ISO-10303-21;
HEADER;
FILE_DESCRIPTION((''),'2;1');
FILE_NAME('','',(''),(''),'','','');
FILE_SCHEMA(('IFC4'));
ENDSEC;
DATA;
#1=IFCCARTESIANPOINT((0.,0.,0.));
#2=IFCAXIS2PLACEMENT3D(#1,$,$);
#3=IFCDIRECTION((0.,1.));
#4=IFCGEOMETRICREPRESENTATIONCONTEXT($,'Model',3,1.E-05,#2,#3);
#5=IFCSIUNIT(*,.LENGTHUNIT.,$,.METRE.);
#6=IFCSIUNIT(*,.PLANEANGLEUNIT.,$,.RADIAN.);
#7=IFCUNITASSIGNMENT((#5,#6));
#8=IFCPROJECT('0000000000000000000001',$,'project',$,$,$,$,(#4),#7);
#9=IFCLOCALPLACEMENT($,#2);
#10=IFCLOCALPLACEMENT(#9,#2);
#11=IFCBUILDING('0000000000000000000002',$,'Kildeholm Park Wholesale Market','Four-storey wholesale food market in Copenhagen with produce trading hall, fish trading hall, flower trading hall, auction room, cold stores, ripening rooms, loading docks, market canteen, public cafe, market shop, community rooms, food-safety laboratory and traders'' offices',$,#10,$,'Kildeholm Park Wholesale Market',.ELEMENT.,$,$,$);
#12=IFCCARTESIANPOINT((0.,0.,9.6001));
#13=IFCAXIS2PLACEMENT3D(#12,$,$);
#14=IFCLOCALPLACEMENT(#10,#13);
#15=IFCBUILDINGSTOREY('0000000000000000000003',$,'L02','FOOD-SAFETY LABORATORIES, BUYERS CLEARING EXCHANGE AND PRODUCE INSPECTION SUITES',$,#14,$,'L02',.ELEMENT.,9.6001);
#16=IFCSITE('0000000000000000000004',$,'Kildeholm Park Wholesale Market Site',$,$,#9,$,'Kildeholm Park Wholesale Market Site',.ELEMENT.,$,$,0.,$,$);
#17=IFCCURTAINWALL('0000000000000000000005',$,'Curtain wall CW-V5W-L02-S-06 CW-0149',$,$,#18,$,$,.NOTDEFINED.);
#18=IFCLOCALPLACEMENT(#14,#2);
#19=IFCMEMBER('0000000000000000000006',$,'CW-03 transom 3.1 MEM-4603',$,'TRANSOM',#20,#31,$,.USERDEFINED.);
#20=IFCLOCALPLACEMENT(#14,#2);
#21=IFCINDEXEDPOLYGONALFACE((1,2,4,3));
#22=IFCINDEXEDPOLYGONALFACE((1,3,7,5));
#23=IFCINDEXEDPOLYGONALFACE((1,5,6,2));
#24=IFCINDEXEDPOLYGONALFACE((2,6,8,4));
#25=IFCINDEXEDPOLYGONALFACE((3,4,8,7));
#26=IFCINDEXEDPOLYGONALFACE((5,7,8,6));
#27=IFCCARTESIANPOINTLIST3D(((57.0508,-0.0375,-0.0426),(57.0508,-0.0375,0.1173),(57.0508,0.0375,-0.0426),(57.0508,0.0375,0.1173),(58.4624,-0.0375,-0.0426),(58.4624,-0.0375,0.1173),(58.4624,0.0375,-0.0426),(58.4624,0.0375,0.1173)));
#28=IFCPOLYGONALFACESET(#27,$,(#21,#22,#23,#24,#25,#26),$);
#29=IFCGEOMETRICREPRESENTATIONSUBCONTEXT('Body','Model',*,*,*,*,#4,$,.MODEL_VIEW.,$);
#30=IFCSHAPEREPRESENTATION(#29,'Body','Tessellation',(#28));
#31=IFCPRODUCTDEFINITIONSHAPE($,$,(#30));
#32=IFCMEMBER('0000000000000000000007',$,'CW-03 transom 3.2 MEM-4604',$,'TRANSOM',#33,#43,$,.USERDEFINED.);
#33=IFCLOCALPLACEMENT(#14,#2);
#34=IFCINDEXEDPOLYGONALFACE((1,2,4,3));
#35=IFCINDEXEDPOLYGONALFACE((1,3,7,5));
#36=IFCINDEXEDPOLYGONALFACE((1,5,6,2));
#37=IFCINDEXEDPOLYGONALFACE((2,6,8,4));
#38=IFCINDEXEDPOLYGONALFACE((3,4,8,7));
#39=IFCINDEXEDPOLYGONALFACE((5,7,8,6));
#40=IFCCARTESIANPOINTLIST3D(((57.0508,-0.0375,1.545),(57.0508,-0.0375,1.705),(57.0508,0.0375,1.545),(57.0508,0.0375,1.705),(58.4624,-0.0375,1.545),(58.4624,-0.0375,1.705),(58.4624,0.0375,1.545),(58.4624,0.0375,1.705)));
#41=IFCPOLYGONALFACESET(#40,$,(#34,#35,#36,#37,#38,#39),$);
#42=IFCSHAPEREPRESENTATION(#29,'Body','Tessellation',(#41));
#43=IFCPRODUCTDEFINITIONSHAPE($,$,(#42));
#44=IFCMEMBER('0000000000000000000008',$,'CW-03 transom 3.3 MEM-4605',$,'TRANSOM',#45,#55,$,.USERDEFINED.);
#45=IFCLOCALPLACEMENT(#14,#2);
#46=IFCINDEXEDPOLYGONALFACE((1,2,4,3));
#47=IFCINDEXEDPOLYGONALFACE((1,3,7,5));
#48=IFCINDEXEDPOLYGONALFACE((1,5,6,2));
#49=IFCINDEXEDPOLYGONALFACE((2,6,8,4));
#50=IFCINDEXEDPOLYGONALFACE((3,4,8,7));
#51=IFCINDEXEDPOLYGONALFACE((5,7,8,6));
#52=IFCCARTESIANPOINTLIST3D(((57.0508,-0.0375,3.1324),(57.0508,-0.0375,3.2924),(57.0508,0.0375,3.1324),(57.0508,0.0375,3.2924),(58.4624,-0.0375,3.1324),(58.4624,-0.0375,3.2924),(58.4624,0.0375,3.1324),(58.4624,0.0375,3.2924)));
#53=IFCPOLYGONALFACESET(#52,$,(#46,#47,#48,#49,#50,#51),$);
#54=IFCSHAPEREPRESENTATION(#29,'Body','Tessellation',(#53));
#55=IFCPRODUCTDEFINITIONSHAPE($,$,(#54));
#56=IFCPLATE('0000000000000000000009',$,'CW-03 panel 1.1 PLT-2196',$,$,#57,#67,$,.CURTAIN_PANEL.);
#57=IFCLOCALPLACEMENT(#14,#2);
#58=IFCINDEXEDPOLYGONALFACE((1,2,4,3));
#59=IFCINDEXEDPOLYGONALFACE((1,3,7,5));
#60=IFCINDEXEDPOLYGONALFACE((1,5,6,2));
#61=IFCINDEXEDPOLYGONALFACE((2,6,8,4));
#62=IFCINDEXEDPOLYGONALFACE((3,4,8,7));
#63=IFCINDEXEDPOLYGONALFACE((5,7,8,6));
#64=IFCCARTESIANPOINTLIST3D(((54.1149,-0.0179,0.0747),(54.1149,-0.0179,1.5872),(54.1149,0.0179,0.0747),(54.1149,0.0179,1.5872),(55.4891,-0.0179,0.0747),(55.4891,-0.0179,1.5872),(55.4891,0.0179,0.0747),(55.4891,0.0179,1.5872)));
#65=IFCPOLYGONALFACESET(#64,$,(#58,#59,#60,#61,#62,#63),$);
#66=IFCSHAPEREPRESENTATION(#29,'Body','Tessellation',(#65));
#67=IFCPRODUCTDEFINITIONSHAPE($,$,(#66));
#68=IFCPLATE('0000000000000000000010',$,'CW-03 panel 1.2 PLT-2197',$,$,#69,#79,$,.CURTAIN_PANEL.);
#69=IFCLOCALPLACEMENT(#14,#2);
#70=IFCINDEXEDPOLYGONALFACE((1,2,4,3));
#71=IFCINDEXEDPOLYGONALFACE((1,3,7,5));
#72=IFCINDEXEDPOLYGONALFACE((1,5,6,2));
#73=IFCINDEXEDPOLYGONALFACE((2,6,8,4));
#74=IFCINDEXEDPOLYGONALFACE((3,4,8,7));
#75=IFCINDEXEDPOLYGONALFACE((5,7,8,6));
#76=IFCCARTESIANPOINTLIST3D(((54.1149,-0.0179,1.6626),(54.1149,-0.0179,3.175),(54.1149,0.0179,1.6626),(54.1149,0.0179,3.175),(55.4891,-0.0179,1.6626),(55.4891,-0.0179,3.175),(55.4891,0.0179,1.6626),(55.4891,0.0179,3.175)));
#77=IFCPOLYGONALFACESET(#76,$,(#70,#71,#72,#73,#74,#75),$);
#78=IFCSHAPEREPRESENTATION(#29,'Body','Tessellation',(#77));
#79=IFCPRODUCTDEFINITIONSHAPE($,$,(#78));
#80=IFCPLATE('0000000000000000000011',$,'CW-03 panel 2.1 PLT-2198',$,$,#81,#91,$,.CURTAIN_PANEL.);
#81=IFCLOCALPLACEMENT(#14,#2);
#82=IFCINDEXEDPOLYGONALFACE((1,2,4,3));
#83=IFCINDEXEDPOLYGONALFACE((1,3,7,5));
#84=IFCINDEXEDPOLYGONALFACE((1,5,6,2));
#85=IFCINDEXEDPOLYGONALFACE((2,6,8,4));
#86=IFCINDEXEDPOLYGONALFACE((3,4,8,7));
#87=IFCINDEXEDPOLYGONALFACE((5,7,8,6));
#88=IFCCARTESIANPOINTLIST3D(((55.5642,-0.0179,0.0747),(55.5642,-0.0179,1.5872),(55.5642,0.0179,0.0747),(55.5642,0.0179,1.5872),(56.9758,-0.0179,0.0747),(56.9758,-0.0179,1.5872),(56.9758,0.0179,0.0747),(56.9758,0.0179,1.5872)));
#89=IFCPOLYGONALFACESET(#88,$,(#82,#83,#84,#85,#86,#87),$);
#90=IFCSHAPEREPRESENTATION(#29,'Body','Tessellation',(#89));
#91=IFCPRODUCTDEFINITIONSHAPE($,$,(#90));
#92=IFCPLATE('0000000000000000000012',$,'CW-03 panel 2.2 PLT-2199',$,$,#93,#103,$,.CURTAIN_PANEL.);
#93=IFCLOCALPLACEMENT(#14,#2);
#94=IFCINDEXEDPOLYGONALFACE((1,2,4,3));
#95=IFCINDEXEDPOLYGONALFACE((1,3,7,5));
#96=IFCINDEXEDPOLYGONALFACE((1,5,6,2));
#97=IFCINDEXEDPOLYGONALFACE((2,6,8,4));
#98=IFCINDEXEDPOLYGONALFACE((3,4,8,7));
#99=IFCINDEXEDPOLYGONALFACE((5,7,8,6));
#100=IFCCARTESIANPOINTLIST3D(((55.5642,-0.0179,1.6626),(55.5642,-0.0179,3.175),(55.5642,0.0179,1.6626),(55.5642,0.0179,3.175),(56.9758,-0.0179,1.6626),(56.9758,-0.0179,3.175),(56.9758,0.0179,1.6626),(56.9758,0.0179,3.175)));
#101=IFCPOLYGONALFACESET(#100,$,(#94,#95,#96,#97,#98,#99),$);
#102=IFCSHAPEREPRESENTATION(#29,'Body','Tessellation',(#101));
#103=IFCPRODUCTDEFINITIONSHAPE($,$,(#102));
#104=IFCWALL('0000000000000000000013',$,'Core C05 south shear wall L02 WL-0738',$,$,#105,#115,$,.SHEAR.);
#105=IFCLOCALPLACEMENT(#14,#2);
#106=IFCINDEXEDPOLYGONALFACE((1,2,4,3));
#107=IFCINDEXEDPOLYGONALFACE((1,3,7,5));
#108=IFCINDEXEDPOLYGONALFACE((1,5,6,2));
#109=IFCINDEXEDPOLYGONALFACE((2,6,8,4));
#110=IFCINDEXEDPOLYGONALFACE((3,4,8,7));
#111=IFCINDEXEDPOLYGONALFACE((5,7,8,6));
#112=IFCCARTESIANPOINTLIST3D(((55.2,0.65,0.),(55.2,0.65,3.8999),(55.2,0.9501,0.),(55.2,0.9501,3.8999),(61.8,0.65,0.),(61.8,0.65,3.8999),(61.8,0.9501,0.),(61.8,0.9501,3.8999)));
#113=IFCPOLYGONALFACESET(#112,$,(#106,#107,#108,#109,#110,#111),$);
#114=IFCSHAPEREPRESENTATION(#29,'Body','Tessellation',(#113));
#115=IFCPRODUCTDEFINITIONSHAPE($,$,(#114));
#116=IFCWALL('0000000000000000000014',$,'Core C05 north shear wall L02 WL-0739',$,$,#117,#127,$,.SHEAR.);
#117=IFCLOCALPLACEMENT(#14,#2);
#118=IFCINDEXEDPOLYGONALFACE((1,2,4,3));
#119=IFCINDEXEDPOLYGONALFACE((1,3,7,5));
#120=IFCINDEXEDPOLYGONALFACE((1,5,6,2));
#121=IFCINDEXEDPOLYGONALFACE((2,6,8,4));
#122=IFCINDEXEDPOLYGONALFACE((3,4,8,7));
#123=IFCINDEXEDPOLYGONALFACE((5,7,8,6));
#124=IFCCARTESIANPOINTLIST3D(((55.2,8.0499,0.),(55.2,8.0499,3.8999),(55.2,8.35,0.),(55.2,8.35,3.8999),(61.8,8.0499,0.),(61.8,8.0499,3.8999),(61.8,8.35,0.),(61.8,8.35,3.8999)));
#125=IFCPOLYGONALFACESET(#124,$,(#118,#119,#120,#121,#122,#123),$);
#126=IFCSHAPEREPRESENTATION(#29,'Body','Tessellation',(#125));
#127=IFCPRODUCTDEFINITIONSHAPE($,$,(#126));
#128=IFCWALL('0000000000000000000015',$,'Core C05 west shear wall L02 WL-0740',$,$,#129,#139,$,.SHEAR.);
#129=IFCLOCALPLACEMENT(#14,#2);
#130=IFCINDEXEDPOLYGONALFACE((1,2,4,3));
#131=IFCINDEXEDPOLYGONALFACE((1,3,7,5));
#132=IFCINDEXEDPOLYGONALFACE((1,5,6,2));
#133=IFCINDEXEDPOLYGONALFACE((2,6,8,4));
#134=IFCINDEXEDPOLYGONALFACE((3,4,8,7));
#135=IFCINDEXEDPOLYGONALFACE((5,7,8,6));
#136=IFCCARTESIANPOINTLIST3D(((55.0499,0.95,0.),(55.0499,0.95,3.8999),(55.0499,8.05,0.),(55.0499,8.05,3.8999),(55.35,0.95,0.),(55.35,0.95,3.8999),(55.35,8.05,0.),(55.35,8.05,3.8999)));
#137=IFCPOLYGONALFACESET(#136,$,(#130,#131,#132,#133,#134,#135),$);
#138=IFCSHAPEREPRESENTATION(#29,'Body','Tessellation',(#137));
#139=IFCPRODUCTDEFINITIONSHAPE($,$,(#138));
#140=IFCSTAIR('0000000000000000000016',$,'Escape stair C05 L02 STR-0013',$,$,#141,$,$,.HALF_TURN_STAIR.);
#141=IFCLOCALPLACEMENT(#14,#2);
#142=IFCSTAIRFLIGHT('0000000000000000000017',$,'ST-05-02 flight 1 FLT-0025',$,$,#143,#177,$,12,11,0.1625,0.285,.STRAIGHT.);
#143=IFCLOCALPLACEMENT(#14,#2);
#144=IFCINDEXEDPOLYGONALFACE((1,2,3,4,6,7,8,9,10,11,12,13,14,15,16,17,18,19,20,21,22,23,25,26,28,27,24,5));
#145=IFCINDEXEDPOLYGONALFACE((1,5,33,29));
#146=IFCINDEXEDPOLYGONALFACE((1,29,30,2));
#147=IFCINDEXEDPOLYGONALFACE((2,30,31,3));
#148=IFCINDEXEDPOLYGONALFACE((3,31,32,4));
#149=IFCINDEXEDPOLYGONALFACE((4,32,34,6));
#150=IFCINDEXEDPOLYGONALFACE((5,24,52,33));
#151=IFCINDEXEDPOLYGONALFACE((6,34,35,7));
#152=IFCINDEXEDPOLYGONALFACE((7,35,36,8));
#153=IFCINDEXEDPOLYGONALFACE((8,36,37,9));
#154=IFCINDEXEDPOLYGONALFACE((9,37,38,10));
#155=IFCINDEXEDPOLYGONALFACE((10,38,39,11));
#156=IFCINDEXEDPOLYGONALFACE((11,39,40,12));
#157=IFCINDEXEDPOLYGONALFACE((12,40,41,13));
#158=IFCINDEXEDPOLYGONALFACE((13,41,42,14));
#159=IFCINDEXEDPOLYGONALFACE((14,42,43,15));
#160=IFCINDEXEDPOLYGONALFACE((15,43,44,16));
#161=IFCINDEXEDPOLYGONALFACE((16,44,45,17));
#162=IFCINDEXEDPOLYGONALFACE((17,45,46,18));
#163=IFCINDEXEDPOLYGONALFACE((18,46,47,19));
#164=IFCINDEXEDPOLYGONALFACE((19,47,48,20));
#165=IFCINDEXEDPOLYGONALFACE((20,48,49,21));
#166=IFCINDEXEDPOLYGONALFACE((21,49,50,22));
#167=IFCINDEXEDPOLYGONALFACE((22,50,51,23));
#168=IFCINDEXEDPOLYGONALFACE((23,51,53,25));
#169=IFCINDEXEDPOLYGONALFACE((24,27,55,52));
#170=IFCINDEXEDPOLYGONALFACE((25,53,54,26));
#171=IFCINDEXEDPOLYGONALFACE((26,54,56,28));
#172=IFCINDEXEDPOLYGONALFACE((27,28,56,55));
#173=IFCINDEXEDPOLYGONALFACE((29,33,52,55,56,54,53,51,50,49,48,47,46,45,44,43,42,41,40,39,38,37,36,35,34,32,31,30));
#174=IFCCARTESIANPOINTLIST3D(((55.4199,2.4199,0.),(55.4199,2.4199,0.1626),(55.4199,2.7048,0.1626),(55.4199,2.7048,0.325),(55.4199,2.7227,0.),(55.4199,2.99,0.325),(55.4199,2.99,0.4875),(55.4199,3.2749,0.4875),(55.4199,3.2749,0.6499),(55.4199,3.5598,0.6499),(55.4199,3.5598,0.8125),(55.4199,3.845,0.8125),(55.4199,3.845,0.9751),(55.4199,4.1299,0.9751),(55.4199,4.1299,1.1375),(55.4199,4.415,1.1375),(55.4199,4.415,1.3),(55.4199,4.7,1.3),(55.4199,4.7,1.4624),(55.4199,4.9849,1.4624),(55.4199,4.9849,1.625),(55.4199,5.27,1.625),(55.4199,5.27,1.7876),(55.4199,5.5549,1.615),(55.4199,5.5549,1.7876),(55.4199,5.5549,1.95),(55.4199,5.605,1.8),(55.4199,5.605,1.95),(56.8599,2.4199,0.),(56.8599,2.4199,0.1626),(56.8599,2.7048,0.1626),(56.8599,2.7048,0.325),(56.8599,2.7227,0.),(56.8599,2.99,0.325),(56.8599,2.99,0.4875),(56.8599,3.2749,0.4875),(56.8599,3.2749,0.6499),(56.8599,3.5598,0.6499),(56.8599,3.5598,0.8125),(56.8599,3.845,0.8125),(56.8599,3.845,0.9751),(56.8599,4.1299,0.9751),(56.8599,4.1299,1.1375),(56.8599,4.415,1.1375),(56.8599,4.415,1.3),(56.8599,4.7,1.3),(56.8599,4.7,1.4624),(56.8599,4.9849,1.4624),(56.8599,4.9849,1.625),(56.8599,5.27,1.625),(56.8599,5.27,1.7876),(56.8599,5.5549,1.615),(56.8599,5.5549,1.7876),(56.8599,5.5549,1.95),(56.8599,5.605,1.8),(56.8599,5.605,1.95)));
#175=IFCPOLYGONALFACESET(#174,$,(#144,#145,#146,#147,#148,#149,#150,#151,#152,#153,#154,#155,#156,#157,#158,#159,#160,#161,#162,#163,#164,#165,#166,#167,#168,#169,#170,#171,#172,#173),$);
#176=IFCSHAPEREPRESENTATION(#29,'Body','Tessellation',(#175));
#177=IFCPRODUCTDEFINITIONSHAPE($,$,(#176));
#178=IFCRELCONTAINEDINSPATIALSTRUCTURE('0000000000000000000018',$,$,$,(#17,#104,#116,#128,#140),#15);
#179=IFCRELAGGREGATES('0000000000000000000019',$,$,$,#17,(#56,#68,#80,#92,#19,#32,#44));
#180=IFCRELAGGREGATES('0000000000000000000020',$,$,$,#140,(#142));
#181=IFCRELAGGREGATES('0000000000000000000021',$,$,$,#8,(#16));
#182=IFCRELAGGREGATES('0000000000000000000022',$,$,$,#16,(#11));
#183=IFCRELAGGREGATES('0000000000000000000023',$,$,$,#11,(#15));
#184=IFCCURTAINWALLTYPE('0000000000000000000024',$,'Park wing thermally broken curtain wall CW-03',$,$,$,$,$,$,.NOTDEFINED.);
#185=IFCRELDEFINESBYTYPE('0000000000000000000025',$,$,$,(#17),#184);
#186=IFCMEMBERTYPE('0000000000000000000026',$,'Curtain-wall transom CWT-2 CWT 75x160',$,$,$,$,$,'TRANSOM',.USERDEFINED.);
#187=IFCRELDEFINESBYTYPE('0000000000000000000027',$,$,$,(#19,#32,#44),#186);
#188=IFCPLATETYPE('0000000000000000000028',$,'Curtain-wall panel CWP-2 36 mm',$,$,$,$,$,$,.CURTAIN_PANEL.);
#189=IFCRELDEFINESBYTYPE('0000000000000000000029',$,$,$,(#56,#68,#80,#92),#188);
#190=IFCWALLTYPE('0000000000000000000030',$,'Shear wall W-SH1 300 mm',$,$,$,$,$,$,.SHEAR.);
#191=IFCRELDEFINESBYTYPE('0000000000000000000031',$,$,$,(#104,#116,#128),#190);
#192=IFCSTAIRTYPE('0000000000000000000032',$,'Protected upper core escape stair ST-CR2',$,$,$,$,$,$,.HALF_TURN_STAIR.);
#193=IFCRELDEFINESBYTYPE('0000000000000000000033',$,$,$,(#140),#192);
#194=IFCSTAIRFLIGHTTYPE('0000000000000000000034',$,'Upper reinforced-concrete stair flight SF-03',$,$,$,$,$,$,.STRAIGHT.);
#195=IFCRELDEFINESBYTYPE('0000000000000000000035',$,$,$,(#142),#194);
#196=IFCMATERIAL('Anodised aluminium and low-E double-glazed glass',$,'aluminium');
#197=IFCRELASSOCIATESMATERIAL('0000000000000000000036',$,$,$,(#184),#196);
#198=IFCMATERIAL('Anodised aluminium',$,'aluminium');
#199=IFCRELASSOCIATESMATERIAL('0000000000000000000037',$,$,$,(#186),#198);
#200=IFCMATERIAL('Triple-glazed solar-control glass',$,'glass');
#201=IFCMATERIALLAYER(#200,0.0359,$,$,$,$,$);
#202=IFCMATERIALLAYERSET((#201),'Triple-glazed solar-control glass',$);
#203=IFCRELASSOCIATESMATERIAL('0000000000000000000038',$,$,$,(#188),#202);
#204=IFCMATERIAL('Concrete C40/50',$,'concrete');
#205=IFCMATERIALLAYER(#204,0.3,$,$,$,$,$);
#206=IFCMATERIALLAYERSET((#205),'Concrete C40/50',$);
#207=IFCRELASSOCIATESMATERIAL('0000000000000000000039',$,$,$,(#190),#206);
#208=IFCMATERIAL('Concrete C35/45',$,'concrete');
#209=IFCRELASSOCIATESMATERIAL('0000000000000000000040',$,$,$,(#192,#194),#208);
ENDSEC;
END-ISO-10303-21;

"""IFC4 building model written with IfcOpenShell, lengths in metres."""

from ifc_helpers import new_model, si_unit, direction, frame, frame_2d, origin, origin_2d, place, context, subcontext, project, spatial, polyline, rectangle, outline, extrude, material, layer, layer_set, material_profile, profile_set, type_object, element, aggregate, save


model = new_model("IFC4")

# Units and contexts
model_context = context("Model", 3, precision=1e-05, world=origin(), true_north=direction((0.0, 1.0)))
body_context = subcontext(model_context, "Body", "Model", "MODEL_VIEW")
ifc_project = project(units=[si_unit("LENGTHUNIT", "METRE"), si_unit("PLANEANGLEUNIT", "RADIAN")], contexts=[model_context])

# Site, building, storey
site_placement = place(None, origin())
site = spatial("IfcSite", under=ifc_project, at=site_placement, Name="Kildeholm Park Wholesale Market Site", LongName="Kildeholm Park Wholesale Market Site", CompositionType="ELEMENT", RefElevation=0.0)
building_placement = place(site_placement, origin())
building = spatial("IfcBuilding", under=site, at=building_placement, Name="Kildeholm Park Wholesale Market", Description="Four-storey wholesale food market in Copenhagen with produce trading hall, fish trading hall, flower trading hall, auction room, cold stores, ripening rooms, loading docks, market canteen, public cafe, market shop, community rooms, food-safety laboratory and traders' offices", LongName="Kildeholm Park Wholesale Market", CompositionType="ELEMENT")
storey_placement = place(building_placement, frame((0.0, 0.0, 9.6001)))
storey = spatial("IfcBuildingStorey", under=building, at=storey_placement, Name="L02", Description="FOOD-SAFETY LABORATORIES, BUYERS CLEARING EXCHANGE AND PRODUCE INSPECTION SUITES", LongName="L02", CompositionType="ELEMENT", Elevation=9.6001)

# Curtain wall, members, plates
ifc_material_1 = material(Name="Anodised aluminium and low-E double-glazed glass", Category="aluminium")
curtain_wall_type = type_object("IfcCurtainWallType", Name="Park wing thermally broken curtain wall CW-03", PredefinedType="NOTDEFINED", material=ifc_material_1)
curtain_wall_placement = place(storey_placement, origin())
curtain_wall = element("IfcCurtainWall", 1, at=curtain_wall_placement, inside=storey, type_object=curtain_wall_type, Name="Curtain wall CW-V5W-L02-S-06 CW-0149", PredefinedType="NOTDEFINED")
ifc_material_2 = material(Name="Anodised aluminium", Category="aluminium")
ifc_material_profile_1 = material_profile(ifc_material_2, rectangle(XDim=0.075, YDim=0.1599, at=origin_2d()), Name="CWT 75x160")
ifc_profile_set_1 = profile_set([ifc_material_profile_1], Name="Anodised aluminium")
member_type_1 = type_object("IfcMemberType", Name="Curtain-wall transom CWT-2 CWT 75x160", ElementType="TRANSOM", PredefinedType="USERDEFINED", material=ifc_profile_set_1)
member_1_placement = place(storey_placement, frame((57.0508, 0.0, 0.0374), z_axis=(1.0, 0.0, 0.0), x_axis=(0.0, 1.0, 0.0)))
member_1 = element("IfcMember", 2, at=member_1_placement, type_object=member_type_1, Name="CW-03 transom 3.1 MEM-4603", ObjectType="TRANSOM", PredefinedType="USERDEFINED", context=body_context, shape_type="SweptSolid", body=[
    extrude(rectangle(XDim=0.075, YDim=0.1599, at=origin_2d()), origin(), (0.0, 0.0, 1.0), 1.4116),
])
member_2_placement = place(storey_placement, frame((57.0508, 0.0, 1.625), z_axis=(1.0, 0.0, 0.0), x_axis=(0.0, 1.0, 0.0)))
member_2 = element("IfcMember", 3, at=member_2_placement, type_object=member_type_1, Name="CW-03 transom 3.2 MEM-4604", ObjectType="TRANSOM", PredefinedType="USERDEFINED", context=body_context, shape_type="SweptSolid", body=[
    extrude(rectangle(XDim=0.075, YDim=0.1599, at=origin_2d()), origin(), (0.0, 0.0, 1.0), 1.4116),
])
member_3_placement = place(storey_placement, frame((57.0508, 0.0, 3.2124), z_axis=(1.0, 0.0, 0.0), x_axis=(0.0, 1.0, 0.0)))
member_3 = element("IfcMember", 4, at=member_3_placement, type_object=member_type_1, Name="CW-03 transom 3.3 MEM-4605", ObjectType="TRANSOM", PredefinedType="USERDEFINED", context=body_context, shape_type="SweptSolid", body=[
    extrude(rectangle(XDim=0.075, YDim=0.1599, at=origin_2d()), origin(), (0.0, 0.0, 1.0), 1.4116),
])
ifc_material_3 = material(Name="Triple-glazed solar-control glass", Category="glass")
ifc_layer_1 = layer(ifc_material_3, 0.0359)
ifc_layer_set_1 = layer_set([ifc_layer_1], Name="Triple-glazed solar-control glass")
plate_type = type_object("IfcPlateType", Name="Curtain-wall panel CWP-2 36 mm", PredefinedType="CURTAIN_PANEL", material=ifc_layer_set_1)
plate_1_placement = place(storey_placement, frame((54.802, 0.0, 0.0747), z_axis=(0.0, 0.0, 1.0), x_axis=(1.0, 0.0, 0.0)))
plate_1 = element("IfcPlate", 5, at=plate_1_placement, type_object=plate_type, Name="CW-03 panel 1.1 PLT-2196", PredefinedType="CURTAIN_PANEL", context=body_context, shape_type="SweptSolid", body=[
    extrude(rectangle(XDim=1.3743, YDim=0.0359, at=origin_2d()), origin(), (0.0, 0.0, 1.0), 1.5125),
])
plate_2_placement = place(storey_placement, frame((54.802, 0.0, 1.6626), z_axis=(0.0, 0.0, 1.0), x_axis=(1.0, 0.0, 0.0)))
plate_2 = element("IfcPlate", 6, at=plate_2_placement, type_object=plate_type, Name="CW-03 panel 1.2 PLT-2197", PredefinedType="CURTAIN_PANEL", context=body_context, shape_type="SweptSolid", body=[
    extrude(rectangle(XDim=1.3743, YDim=0.0359, at=origin_2d()), origin(), (0.0, 0.0, 1.0), 1.5125),
])
plate_3_placement = place(storey_placement, frame((56.27, 0.0, 0.0747), z_axis=(0.0, 0.0, 1.0), x_axis=(1.0, 0.0, 0.0)))
plate_3 = element("IfcPlate", 7, at=plate_3_placement, type_object=plate_type, Name="CW-03 panel 2.1 PLT-2198", PredefinedType="CURTAIN_PANEL", context=body_context, shape_type="SweptSolid", body=[
    extrude(rectangle(XDim=1.4116, YDim=0.0359, at=origin_2d()), origin(), (0.0, 0.0, 1.0), 1.5125),
])
plate_4_placement = place(storey_placement, frame((56.27, 0.0, 1.6626), z_axis=(0.0, 0.0, 1.0), x_axis=(1.0, 0.0, 0.0)))
plate_4 = element("IfcPlate", 8, at=plate_4_placement, type_object=plate_type, Name="CW-03 panel 2.2 PLT-2199", PredefinedType="CURTAIN_PANEL", context=body_context, shape_type="SweptSolid", body=[
    extrude(rectangle(XDim=1.4116, YDim=0.0359, at=origin_2d()), origin(), (0.0, 0.0, 1.0), 1.5125),
])
aggregate(curtain_wall, [plate_1, plate_2, plate_3, plate_4, member_1, member_2, member_3])

# Walls
ifc_material_4 = material(Name="Concrete C40/50", Category="concrete")
ifc_layer_2 = layer(ifc_material_4, 0.3)
ifc_layer_set_2 = layer_set([ifc_layer_2], Name="Concrete C40/50")
wall_type = type_object("IfcWallType", Name="Shear wall W-SH1 300 mm", PredefinedType="SHEAR", material=ifc_layer_set_2)
for number, where, z_axis, x_axis, name in (
    (9, (55.2, 0.8, 0.0), (0.0, 0.0, 1.0), (1.0, 0.0, 0.0), "Core C05 south shear wall L02 WL-0738"),
    (10, (55.2, 8.2, 0.0), (0.0, 0.0, 1.0), (1.0, 0.0, 0.0), "Core C05 north shear wall L02 WL-0739"),
):
    element("IfcWall", number, at=place(storey_placement, frame(where, z_axis=z_axis, x_axis=x_axis)), inside=storey, type_object=wall_type, Name=name, PredefinedType="SHEAR", context=body_context, shape_type="SweptSolid", body=[
        extrude(rectangle(XDim=6.6001, YDim=0.3, at=frame_2d((3.3, 0.0))), origin(), (0.0, 0.0, 1.0), 3.8999),
    ])
wall_placement = place(storey_placement, frame((55.2, 0.95, 0.0), z_axis=(0.0, 0.0, 1.0), x_axis=(0.0, 1.0, 0.0)))
element("IfcWall", 11, at=wall_placement, inside=storey, type_object=wall_type, Name="Core C05 west shear wall L02 WL-0740", PredefinedType="SHEAR", context=body_context, shape_type="SweptSolid", body=[
    extrude(rectangle(XDim=7.1001, YDim=0.3, at=frame_2d((3.55, 0.0))), origin(), (0.0, 0.0, 1.0), 3.8999),
])

# Stair, stair flight
ifc_material_5 = material(Name="Concrete C35/45", Category="concrete")
stair_type = type_object("IfcStairType", Name="Protected upper core escape stair ST-CR2", PredefinedType="HALF_TURN_STAIR", material=ifc_material_5)
stair_placement = place(storey_placement, origin())
stair = element("IfcStair", 12, at=stair_placement, inside=storey, type_object=stair_type, Name="Escape stair C05 L02 STR-0013", PredefinedType="HALF_TURN_STAIR")
stair_flight_type = type_object("IfcStairFlightType", Name="Upper reinforced-concrete stair flight SF-03", PredefinedType="STRAIGHT", material=ifc_material_5)
stair_flight_placement = place(storey_placement, frame((56.1399, 2.4199, 0.0), z_axis=(0.0, 0.0, 1.0), x_axis=(0.0, 1.0, 0.0)))
stair_flight = element("IfcStairFlight", 13, at=stair_flight_placement, type_object=stair_flight_type, Name="ST-05-02 flight 1 FLT-0025", NumberOfRisers=12, NumberOfTreads=11, PredefinedType="STRAIGHT", RiserHeight=0.1625, TreadLength=0.285, context=body_context, shape_type="SweptSolid", body=[
    extrude(outline(polyline([(0.0, 0.0), (0.0, 0.1626), (0.2849, 0.1626), (0.2849, 0.325), (0.5701, 0.325), (0.5701, 0.4875), (0.855, 0.4875), (0.855, 0.6499), (1.1399, 0.6499), (1.1399, 0.8125), (1.425, 0.8125), (1.425, 0.9751), (1.71, 0.9751), (1.71, 1.1375), (1.9951, 1.1375), (1.9951, 1.3), (2.28, 1.3), (2.28, 1.4624), (2.5649, 1.4624), (2.5649, 1.625), (2.8501, 1.625), (2.8501, 1.7876), (3.135, 1.7876), (3.135, 1.95), (3.1851, 1.95), (3.1851, 1.8), (3.135, 1.615), (0.3027, 0.0), (0.0, 0.0)])), frame((0.0, 0.72, 0.0), z_axis=(0.0, -1.0, 0.0), x_axis=(1.0, 0.0, 0.0)), (0.0, 0.0, 1.0), 1.4399),
])
aggregate(stair, [stair_flight])

save(model, "model.ifc")
